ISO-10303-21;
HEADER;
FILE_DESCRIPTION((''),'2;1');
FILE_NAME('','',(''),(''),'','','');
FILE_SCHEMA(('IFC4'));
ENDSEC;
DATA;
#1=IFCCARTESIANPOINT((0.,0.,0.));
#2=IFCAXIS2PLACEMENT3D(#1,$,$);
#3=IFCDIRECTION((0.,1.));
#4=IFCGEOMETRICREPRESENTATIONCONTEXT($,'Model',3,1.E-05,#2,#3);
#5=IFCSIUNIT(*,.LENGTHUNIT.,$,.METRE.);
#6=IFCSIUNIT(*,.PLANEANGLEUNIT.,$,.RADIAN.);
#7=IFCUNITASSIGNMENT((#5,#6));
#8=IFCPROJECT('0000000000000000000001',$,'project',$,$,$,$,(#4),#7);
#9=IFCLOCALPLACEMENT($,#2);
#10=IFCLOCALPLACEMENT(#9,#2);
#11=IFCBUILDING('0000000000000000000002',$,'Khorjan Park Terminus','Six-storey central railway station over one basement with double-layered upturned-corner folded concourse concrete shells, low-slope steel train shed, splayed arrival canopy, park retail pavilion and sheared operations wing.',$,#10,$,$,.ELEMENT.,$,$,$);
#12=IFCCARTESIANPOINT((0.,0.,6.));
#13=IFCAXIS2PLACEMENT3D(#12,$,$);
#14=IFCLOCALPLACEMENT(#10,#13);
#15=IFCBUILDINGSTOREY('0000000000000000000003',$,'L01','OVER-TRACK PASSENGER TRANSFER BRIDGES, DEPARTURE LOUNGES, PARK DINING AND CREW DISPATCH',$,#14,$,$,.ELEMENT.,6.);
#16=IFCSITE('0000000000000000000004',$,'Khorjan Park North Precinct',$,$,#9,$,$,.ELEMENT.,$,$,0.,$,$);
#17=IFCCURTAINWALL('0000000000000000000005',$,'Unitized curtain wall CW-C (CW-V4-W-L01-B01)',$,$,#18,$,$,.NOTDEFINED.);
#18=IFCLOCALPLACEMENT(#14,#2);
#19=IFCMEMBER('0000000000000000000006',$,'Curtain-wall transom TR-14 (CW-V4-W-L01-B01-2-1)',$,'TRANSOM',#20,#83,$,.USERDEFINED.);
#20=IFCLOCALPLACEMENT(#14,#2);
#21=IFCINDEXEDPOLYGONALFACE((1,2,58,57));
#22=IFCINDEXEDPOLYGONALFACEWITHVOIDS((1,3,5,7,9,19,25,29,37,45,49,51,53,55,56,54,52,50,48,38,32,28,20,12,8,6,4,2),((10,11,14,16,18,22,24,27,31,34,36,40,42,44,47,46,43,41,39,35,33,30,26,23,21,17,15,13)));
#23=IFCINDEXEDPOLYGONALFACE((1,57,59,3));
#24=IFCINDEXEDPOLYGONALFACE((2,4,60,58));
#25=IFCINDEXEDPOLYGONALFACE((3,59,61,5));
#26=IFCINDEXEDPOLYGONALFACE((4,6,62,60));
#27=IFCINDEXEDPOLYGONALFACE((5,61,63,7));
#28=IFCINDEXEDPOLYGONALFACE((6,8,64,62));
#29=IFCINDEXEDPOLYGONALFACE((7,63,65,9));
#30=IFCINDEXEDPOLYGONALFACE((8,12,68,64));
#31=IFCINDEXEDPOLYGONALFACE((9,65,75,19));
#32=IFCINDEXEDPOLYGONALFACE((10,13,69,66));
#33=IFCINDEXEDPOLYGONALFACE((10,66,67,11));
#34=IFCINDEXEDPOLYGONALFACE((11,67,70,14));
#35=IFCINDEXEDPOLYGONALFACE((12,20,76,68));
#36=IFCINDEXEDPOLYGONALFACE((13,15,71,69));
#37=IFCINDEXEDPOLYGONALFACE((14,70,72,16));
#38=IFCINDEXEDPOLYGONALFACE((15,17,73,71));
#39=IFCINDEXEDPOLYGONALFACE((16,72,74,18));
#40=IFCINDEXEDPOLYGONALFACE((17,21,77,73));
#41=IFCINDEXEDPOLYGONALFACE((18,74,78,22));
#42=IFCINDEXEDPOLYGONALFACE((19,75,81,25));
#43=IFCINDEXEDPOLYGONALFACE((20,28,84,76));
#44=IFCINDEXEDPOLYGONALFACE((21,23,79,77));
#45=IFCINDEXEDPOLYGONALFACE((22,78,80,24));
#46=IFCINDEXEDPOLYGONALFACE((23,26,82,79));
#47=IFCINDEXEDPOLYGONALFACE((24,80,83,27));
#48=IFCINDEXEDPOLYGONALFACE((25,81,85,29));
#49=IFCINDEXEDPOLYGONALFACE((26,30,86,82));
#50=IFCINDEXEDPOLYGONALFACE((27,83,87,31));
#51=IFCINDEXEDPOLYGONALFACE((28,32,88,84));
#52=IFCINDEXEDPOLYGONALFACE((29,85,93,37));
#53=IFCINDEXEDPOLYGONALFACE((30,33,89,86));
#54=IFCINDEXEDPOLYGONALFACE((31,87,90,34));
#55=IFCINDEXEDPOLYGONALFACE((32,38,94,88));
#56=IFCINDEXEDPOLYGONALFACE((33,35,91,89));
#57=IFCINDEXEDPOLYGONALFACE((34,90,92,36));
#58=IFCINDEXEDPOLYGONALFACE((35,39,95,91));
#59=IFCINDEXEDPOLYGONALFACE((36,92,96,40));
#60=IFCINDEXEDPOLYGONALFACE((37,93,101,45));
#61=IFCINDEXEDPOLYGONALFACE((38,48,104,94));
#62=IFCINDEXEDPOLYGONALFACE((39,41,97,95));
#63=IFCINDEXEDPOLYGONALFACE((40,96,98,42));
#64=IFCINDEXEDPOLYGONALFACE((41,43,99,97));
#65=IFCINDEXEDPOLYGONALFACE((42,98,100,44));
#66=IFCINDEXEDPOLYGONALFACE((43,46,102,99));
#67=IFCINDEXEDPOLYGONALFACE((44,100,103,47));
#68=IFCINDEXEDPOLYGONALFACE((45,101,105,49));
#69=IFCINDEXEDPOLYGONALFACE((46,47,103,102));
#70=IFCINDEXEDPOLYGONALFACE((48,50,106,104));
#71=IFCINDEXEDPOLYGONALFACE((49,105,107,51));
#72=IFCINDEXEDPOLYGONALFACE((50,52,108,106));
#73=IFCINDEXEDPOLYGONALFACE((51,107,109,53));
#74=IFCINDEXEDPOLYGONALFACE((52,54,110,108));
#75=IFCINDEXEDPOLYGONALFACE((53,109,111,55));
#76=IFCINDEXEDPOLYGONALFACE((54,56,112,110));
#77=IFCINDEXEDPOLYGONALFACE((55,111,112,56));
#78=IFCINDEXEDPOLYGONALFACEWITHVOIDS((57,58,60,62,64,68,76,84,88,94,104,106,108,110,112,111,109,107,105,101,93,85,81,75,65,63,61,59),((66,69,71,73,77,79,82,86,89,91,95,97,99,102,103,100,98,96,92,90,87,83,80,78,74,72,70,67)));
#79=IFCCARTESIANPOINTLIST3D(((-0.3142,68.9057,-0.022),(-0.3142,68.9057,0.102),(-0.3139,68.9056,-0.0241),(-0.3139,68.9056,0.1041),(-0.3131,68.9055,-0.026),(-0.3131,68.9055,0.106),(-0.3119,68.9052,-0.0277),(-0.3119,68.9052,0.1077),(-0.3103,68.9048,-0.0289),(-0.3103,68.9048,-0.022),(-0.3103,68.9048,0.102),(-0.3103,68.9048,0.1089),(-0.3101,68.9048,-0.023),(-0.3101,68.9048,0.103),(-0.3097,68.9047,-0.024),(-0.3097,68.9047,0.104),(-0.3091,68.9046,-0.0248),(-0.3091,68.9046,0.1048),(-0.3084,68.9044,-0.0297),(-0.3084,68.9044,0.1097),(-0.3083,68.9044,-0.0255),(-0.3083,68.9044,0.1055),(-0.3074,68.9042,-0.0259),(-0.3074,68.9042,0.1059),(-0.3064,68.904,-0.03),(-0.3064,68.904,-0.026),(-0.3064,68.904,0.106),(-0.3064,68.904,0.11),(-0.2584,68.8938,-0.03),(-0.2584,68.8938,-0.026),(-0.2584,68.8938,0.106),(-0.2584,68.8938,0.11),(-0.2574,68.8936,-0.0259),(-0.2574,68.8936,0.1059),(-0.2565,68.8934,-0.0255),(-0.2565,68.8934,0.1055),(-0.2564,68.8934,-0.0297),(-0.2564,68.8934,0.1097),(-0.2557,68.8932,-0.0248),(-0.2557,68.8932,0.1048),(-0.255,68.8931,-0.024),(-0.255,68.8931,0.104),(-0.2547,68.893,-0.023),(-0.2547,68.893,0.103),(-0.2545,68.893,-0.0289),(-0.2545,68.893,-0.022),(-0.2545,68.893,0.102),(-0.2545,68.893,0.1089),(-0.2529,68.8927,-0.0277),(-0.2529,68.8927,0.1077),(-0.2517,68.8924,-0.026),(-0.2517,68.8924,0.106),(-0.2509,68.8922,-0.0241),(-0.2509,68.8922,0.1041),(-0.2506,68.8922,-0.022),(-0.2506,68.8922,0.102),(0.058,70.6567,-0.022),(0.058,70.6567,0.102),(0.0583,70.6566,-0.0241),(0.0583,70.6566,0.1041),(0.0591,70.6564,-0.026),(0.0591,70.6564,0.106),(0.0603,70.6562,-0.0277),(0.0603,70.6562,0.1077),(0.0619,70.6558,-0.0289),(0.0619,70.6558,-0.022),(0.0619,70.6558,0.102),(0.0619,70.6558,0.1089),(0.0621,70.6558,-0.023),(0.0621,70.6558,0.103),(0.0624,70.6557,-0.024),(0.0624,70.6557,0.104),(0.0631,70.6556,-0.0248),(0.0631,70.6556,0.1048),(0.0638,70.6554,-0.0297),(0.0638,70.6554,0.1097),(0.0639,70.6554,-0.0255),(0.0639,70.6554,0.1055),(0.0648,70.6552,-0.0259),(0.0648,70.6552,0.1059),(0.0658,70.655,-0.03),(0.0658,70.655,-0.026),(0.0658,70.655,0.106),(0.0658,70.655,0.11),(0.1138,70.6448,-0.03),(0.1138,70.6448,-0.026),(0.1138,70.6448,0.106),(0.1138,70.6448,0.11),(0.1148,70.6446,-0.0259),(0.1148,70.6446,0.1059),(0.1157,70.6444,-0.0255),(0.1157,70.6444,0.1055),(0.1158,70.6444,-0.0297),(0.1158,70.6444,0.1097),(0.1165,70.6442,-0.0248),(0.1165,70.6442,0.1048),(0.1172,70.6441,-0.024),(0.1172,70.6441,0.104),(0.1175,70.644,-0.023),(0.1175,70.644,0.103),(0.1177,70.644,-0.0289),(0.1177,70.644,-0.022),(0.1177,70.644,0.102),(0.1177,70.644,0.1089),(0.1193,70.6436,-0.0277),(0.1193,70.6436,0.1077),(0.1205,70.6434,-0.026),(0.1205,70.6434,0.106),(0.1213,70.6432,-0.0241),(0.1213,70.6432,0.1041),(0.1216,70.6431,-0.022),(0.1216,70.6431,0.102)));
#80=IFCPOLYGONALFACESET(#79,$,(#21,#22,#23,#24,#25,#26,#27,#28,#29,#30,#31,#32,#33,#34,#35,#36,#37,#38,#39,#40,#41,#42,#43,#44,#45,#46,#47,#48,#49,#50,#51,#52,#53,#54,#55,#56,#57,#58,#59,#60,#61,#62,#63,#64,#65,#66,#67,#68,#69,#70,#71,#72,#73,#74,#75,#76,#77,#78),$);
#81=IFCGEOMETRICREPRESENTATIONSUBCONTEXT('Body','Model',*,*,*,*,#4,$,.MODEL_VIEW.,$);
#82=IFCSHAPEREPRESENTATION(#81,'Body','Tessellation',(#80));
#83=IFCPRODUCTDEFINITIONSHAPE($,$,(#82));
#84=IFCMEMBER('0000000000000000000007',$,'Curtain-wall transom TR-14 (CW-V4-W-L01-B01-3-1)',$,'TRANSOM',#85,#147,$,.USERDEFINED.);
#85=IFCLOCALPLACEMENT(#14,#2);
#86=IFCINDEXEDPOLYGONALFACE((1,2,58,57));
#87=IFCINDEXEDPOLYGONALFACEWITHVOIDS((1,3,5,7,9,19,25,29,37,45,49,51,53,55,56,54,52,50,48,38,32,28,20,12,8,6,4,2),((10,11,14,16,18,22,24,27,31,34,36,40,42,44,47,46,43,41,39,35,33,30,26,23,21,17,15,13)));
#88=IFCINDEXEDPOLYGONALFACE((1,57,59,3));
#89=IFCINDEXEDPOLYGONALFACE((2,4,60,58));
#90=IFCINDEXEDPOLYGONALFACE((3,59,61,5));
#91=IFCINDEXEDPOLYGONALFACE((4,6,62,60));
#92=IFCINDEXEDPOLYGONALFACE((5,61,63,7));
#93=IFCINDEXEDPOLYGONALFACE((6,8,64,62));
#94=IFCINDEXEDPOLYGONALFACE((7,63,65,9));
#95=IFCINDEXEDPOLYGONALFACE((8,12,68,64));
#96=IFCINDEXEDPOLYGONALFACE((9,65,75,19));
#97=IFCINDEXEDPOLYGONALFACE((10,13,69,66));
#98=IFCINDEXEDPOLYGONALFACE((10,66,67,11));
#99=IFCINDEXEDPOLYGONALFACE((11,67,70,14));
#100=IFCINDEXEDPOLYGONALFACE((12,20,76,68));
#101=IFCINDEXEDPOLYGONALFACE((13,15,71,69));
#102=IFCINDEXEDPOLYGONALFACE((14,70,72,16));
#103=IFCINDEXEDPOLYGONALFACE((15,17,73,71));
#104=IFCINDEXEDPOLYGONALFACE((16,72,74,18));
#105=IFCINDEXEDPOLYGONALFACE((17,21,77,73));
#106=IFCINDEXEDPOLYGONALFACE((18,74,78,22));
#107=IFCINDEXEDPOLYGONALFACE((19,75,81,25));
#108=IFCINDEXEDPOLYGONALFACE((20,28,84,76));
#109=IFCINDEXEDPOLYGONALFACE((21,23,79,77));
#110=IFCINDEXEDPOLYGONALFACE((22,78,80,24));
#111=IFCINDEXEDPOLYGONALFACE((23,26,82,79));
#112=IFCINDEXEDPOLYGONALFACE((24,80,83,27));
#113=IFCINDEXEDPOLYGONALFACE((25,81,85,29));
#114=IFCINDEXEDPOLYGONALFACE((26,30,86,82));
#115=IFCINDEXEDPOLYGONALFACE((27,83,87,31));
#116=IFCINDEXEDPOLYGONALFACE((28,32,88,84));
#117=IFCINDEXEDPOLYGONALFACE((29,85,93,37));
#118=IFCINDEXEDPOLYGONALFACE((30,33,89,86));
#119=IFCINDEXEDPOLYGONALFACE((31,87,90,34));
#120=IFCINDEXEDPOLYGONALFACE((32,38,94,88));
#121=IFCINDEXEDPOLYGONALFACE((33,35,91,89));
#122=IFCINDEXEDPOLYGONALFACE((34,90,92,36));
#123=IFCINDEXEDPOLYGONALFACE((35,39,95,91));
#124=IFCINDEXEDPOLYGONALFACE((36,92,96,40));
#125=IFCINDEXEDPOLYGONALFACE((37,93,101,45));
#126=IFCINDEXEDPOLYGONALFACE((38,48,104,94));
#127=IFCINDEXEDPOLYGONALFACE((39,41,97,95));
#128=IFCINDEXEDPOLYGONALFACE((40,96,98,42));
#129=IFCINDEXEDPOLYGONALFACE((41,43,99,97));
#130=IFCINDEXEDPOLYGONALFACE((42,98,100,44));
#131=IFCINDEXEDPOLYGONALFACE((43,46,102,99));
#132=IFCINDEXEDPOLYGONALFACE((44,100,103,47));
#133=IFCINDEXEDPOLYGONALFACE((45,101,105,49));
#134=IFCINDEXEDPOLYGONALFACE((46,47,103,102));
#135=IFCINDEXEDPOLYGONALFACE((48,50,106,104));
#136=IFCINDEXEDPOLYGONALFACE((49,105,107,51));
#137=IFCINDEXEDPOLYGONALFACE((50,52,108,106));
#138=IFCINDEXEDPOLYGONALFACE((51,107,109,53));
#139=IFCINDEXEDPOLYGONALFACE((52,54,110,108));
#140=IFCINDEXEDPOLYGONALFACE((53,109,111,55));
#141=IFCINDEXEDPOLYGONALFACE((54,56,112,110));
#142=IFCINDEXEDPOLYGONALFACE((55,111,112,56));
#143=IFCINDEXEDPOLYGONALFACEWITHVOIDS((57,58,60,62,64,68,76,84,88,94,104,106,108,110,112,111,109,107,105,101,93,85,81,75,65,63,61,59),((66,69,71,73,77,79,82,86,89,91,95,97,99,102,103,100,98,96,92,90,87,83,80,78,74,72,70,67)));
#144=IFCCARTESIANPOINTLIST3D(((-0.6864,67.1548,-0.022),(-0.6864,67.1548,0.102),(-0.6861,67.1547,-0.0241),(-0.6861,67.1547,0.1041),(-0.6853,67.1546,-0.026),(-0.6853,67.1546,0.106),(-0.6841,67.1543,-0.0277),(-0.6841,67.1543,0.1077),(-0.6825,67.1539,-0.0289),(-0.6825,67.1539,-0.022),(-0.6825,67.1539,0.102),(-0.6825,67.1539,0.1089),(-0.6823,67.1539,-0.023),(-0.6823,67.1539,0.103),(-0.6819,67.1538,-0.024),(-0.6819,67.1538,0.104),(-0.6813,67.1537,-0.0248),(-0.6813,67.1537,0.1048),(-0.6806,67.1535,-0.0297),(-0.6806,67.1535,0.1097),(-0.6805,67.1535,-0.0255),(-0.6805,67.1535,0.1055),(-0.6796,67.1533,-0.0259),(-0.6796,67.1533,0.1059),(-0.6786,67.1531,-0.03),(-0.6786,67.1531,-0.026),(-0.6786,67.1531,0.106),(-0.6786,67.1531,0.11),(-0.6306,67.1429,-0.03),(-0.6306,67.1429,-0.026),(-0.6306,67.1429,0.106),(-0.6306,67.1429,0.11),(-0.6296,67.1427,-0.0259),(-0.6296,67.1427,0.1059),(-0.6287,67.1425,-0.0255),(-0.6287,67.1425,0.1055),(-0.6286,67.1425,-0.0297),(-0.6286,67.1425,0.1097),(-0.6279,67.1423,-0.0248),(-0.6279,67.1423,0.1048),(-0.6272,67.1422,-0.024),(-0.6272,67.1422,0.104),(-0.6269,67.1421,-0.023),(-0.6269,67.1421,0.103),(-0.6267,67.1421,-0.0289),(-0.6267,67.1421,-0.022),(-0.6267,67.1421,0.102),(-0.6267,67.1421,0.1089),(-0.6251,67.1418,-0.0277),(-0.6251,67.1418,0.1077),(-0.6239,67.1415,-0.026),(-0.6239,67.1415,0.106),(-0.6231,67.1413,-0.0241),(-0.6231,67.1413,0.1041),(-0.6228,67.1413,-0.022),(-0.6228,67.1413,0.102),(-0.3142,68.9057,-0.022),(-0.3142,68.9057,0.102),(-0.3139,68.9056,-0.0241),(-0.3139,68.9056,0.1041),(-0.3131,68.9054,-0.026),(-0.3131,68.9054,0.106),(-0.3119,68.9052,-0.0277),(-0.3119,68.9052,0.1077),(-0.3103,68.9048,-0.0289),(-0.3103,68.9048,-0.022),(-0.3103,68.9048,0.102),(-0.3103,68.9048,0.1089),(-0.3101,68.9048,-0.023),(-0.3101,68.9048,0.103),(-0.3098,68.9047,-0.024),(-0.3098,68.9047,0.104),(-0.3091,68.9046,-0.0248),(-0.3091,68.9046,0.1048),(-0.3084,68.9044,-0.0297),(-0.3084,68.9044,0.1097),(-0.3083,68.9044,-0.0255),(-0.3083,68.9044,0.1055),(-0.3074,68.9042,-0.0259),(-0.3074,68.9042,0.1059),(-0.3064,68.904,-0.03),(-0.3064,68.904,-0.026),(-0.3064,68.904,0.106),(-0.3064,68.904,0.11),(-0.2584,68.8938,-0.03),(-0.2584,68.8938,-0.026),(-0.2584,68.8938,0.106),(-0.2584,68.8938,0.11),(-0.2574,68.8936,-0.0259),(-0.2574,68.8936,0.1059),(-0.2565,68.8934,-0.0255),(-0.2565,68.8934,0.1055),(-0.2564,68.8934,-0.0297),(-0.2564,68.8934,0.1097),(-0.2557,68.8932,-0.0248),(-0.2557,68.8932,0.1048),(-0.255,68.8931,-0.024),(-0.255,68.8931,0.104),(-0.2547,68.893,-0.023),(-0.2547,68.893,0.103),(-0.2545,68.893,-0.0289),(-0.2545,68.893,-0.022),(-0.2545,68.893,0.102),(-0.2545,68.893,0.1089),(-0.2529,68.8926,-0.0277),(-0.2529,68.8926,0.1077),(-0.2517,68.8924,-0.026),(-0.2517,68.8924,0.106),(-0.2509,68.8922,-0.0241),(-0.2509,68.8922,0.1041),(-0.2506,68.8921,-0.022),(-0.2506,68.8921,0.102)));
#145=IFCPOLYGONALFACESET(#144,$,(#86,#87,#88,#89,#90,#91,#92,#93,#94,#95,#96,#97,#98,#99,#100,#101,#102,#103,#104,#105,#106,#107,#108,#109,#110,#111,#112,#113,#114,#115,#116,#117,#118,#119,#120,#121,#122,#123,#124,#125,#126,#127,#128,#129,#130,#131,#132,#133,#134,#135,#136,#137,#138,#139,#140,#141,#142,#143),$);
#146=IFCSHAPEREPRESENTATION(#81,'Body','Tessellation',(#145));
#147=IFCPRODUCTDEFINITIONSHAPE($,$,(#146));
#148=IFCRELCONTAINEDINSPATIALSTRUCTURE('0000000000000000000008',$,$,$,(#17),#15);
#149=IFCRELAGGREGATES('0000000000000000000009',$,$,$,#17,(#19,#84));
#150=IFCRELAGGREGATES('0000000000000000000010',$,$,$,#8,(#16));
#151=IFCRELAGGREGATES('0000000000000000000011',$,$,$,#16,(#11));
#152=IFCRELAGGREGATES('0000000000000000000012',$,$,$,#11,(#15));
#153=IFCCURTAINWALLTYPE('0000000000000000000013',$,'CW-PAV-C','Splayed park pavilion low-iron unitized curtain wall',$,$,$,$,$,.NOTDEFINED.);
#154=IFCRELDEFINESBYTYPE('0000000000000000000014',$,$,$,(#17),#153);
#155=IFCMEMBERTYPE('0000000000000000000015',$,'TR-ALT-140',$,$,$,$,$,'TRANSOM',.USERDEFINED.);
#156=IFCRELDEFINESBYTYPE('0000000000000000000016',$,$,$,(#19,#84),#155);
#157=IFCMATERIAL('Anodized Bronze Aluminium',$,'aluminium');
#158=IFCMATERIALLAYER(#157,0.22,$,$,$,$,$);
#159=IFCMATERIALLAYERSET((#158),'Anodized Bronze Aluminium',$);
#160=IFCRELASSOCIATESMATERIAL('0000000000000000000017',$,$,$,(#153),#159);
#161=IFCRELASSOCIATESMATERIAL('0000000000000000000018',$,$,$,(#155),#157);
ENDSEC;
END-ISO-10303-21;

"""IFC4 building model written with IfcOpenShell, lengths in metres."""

from ifc_helpers import new_model, si_unit, direction, frame, origin, origin_2d, place, context, subcontext, project, spatial, hollow_rectangle, extrude, material, layer, layer_set, material_profile, profile_set, type_object, element, aggregate, save


model = new_model("IFC4")

# Units and contexts
model_context = context("Model", 3, precision=1e-05, world=origin(), true_north=direction((0.0, 1.0)))
body_context = subcontext(model_context, "Body", "Model", "MODEL_VIEW")
ifc_project = project(units=[si_unit("LENGTHUNIT", "METRE"), si_unit("PLANEANGLEUNIT", "RADIAN")], contexts=[model_context])

# Site, building, storey
site_placement = place(None, origin())
site = spatial("IfcSite", under=ifc_project, at=site_placement, Name="Khorjan Park North Precinct", CompositionType="ELEMENT", RefElevation=0.0)
building_placement = place(site_placement, origin())
building = spatial("IfcBuilding", under=site, at=building_placement, Name="Khorjan Park Terminus", Description="Six-storey central railway station over one basement with double-layered upturned-corner folded concourse concrete shells, low-slope steel train shed, splayed arrival canopy, park retail pavilion and sheared operations wing.", CompositionType="ELEMENT")
storey_placement = place(building_placement, frame((0.0, 0.0, 6.0)))
storey = spatial("IfcBuildingStorey", under=building, at=storey_placement, Name="L01", Description="OVER-TRACK PASSENGER TRANSFER BRIDGES, DEPARTURE LOUNGES, PARK DINING AND CREW DISPATCH", CompositionType="ELEMENT", Elevation=6.0)

# Curtain wall, members
ifc_material_1 = material(Name="Anodized Bronze Aluminium", Category="aluminium")
ifc_layer_1 = layer(ifc_material_1, 0.22)
ifc_layer_set_1 = layer_set([ifc_layer_1], Name="Anodized Bronze Aluminium")
curtain_wall_type = type_object("IfcCurtainWallType", Name="CW-PAV-C", Description="Splayed park pavilion low-iron unitized curtain wall", PredefinedType="NOTDEFINED", material=ifc_layer_set_1)
curtain_wall_placement = place(storey_placement, origin())
curtain_wall = element("IfcCurtainWall", 1, at=curtain_wall_placement, inside=storey, type_object=curtain_wall_type, Name="Unitized curtain wall CW-C (CW-V4-W-L01-B01)", PredefinedType="NOTDEFINED")
ifc_material_profile_1 = material_profile(ifc_material_1, hollow_rectangle(XDim=0.065, YDim=0.14, WallThickness=0.004, InnerFilletRadius=0.004, OuterFilletRadius=0.008, at=origin_2d()), Name="ALT 65x140x4")
ifc_profile_set_1 = profile_set([ifc_material_profile_1], Name="Anodized Bronze Aluminium")
member_type_1 = type_object("IfcMemberType", Name="TR-ALT-140", ElementType="TRANSOM", PredefinedType="USERDEFINED", material=ifc_profile_set_1)
member_1_placement = place(storey_placement, frame((0.0898, 70.6499, 0.04), z_axis=(-0.207919, -0.978146, 0.0), x_axis=(0.978146, -0.207919, 0.0)))
member_1 = element("IfcMember", 2, at=member_1_placement, type_object=member_type_1, Name="Curtain-wall transom TR-14 (CW-V4-W-L01-B01-2-1)", ObjectType="TRANSOM", PredefinedType="USERDEFINED", context=body_context, shape_type="SweptSolid", body=[
    extrude(hollow_rectangle(XDim=0.065, YDim=0.14, WallThickness=0.004, InnerFilletRadius=0.004, OuterFilletRadius=0.008, at=origin_2d()), origin(), (0.0, 0.0, 1.0), 1.7901),
])
member_2_placement = place(storey_placement, frame((-0.2824, 68.8989, 0.04), z_axis=(-0.20793, -0.978144, 0.0), x_axis=(0.978144, -0.20793, 0.0)))
member_2 = element("IfcMember", 3, at=member_2_placement, type_object=member_type_1, Name="Curtain-wall transom TR-14 (CW-V4-W-L01-B01-3-1)", ObjectType="TRANSOM", PredefinedType="USERDEFINED", context=body_context, shape_type="SweptSolid", body=[
    extrude(hollow_rectangle(XDim=0.065, YDim=0.14, WallThickness=0.004, InnerFilletRadius=0.004, OuterFilletRadius=0.008, at=origin_2d()), origin(), (0.0, 0.0, 1.0), 1.79),
])
aggregate(curtain_wall, [member_1, member_2])

save(model, "model.ifc")
